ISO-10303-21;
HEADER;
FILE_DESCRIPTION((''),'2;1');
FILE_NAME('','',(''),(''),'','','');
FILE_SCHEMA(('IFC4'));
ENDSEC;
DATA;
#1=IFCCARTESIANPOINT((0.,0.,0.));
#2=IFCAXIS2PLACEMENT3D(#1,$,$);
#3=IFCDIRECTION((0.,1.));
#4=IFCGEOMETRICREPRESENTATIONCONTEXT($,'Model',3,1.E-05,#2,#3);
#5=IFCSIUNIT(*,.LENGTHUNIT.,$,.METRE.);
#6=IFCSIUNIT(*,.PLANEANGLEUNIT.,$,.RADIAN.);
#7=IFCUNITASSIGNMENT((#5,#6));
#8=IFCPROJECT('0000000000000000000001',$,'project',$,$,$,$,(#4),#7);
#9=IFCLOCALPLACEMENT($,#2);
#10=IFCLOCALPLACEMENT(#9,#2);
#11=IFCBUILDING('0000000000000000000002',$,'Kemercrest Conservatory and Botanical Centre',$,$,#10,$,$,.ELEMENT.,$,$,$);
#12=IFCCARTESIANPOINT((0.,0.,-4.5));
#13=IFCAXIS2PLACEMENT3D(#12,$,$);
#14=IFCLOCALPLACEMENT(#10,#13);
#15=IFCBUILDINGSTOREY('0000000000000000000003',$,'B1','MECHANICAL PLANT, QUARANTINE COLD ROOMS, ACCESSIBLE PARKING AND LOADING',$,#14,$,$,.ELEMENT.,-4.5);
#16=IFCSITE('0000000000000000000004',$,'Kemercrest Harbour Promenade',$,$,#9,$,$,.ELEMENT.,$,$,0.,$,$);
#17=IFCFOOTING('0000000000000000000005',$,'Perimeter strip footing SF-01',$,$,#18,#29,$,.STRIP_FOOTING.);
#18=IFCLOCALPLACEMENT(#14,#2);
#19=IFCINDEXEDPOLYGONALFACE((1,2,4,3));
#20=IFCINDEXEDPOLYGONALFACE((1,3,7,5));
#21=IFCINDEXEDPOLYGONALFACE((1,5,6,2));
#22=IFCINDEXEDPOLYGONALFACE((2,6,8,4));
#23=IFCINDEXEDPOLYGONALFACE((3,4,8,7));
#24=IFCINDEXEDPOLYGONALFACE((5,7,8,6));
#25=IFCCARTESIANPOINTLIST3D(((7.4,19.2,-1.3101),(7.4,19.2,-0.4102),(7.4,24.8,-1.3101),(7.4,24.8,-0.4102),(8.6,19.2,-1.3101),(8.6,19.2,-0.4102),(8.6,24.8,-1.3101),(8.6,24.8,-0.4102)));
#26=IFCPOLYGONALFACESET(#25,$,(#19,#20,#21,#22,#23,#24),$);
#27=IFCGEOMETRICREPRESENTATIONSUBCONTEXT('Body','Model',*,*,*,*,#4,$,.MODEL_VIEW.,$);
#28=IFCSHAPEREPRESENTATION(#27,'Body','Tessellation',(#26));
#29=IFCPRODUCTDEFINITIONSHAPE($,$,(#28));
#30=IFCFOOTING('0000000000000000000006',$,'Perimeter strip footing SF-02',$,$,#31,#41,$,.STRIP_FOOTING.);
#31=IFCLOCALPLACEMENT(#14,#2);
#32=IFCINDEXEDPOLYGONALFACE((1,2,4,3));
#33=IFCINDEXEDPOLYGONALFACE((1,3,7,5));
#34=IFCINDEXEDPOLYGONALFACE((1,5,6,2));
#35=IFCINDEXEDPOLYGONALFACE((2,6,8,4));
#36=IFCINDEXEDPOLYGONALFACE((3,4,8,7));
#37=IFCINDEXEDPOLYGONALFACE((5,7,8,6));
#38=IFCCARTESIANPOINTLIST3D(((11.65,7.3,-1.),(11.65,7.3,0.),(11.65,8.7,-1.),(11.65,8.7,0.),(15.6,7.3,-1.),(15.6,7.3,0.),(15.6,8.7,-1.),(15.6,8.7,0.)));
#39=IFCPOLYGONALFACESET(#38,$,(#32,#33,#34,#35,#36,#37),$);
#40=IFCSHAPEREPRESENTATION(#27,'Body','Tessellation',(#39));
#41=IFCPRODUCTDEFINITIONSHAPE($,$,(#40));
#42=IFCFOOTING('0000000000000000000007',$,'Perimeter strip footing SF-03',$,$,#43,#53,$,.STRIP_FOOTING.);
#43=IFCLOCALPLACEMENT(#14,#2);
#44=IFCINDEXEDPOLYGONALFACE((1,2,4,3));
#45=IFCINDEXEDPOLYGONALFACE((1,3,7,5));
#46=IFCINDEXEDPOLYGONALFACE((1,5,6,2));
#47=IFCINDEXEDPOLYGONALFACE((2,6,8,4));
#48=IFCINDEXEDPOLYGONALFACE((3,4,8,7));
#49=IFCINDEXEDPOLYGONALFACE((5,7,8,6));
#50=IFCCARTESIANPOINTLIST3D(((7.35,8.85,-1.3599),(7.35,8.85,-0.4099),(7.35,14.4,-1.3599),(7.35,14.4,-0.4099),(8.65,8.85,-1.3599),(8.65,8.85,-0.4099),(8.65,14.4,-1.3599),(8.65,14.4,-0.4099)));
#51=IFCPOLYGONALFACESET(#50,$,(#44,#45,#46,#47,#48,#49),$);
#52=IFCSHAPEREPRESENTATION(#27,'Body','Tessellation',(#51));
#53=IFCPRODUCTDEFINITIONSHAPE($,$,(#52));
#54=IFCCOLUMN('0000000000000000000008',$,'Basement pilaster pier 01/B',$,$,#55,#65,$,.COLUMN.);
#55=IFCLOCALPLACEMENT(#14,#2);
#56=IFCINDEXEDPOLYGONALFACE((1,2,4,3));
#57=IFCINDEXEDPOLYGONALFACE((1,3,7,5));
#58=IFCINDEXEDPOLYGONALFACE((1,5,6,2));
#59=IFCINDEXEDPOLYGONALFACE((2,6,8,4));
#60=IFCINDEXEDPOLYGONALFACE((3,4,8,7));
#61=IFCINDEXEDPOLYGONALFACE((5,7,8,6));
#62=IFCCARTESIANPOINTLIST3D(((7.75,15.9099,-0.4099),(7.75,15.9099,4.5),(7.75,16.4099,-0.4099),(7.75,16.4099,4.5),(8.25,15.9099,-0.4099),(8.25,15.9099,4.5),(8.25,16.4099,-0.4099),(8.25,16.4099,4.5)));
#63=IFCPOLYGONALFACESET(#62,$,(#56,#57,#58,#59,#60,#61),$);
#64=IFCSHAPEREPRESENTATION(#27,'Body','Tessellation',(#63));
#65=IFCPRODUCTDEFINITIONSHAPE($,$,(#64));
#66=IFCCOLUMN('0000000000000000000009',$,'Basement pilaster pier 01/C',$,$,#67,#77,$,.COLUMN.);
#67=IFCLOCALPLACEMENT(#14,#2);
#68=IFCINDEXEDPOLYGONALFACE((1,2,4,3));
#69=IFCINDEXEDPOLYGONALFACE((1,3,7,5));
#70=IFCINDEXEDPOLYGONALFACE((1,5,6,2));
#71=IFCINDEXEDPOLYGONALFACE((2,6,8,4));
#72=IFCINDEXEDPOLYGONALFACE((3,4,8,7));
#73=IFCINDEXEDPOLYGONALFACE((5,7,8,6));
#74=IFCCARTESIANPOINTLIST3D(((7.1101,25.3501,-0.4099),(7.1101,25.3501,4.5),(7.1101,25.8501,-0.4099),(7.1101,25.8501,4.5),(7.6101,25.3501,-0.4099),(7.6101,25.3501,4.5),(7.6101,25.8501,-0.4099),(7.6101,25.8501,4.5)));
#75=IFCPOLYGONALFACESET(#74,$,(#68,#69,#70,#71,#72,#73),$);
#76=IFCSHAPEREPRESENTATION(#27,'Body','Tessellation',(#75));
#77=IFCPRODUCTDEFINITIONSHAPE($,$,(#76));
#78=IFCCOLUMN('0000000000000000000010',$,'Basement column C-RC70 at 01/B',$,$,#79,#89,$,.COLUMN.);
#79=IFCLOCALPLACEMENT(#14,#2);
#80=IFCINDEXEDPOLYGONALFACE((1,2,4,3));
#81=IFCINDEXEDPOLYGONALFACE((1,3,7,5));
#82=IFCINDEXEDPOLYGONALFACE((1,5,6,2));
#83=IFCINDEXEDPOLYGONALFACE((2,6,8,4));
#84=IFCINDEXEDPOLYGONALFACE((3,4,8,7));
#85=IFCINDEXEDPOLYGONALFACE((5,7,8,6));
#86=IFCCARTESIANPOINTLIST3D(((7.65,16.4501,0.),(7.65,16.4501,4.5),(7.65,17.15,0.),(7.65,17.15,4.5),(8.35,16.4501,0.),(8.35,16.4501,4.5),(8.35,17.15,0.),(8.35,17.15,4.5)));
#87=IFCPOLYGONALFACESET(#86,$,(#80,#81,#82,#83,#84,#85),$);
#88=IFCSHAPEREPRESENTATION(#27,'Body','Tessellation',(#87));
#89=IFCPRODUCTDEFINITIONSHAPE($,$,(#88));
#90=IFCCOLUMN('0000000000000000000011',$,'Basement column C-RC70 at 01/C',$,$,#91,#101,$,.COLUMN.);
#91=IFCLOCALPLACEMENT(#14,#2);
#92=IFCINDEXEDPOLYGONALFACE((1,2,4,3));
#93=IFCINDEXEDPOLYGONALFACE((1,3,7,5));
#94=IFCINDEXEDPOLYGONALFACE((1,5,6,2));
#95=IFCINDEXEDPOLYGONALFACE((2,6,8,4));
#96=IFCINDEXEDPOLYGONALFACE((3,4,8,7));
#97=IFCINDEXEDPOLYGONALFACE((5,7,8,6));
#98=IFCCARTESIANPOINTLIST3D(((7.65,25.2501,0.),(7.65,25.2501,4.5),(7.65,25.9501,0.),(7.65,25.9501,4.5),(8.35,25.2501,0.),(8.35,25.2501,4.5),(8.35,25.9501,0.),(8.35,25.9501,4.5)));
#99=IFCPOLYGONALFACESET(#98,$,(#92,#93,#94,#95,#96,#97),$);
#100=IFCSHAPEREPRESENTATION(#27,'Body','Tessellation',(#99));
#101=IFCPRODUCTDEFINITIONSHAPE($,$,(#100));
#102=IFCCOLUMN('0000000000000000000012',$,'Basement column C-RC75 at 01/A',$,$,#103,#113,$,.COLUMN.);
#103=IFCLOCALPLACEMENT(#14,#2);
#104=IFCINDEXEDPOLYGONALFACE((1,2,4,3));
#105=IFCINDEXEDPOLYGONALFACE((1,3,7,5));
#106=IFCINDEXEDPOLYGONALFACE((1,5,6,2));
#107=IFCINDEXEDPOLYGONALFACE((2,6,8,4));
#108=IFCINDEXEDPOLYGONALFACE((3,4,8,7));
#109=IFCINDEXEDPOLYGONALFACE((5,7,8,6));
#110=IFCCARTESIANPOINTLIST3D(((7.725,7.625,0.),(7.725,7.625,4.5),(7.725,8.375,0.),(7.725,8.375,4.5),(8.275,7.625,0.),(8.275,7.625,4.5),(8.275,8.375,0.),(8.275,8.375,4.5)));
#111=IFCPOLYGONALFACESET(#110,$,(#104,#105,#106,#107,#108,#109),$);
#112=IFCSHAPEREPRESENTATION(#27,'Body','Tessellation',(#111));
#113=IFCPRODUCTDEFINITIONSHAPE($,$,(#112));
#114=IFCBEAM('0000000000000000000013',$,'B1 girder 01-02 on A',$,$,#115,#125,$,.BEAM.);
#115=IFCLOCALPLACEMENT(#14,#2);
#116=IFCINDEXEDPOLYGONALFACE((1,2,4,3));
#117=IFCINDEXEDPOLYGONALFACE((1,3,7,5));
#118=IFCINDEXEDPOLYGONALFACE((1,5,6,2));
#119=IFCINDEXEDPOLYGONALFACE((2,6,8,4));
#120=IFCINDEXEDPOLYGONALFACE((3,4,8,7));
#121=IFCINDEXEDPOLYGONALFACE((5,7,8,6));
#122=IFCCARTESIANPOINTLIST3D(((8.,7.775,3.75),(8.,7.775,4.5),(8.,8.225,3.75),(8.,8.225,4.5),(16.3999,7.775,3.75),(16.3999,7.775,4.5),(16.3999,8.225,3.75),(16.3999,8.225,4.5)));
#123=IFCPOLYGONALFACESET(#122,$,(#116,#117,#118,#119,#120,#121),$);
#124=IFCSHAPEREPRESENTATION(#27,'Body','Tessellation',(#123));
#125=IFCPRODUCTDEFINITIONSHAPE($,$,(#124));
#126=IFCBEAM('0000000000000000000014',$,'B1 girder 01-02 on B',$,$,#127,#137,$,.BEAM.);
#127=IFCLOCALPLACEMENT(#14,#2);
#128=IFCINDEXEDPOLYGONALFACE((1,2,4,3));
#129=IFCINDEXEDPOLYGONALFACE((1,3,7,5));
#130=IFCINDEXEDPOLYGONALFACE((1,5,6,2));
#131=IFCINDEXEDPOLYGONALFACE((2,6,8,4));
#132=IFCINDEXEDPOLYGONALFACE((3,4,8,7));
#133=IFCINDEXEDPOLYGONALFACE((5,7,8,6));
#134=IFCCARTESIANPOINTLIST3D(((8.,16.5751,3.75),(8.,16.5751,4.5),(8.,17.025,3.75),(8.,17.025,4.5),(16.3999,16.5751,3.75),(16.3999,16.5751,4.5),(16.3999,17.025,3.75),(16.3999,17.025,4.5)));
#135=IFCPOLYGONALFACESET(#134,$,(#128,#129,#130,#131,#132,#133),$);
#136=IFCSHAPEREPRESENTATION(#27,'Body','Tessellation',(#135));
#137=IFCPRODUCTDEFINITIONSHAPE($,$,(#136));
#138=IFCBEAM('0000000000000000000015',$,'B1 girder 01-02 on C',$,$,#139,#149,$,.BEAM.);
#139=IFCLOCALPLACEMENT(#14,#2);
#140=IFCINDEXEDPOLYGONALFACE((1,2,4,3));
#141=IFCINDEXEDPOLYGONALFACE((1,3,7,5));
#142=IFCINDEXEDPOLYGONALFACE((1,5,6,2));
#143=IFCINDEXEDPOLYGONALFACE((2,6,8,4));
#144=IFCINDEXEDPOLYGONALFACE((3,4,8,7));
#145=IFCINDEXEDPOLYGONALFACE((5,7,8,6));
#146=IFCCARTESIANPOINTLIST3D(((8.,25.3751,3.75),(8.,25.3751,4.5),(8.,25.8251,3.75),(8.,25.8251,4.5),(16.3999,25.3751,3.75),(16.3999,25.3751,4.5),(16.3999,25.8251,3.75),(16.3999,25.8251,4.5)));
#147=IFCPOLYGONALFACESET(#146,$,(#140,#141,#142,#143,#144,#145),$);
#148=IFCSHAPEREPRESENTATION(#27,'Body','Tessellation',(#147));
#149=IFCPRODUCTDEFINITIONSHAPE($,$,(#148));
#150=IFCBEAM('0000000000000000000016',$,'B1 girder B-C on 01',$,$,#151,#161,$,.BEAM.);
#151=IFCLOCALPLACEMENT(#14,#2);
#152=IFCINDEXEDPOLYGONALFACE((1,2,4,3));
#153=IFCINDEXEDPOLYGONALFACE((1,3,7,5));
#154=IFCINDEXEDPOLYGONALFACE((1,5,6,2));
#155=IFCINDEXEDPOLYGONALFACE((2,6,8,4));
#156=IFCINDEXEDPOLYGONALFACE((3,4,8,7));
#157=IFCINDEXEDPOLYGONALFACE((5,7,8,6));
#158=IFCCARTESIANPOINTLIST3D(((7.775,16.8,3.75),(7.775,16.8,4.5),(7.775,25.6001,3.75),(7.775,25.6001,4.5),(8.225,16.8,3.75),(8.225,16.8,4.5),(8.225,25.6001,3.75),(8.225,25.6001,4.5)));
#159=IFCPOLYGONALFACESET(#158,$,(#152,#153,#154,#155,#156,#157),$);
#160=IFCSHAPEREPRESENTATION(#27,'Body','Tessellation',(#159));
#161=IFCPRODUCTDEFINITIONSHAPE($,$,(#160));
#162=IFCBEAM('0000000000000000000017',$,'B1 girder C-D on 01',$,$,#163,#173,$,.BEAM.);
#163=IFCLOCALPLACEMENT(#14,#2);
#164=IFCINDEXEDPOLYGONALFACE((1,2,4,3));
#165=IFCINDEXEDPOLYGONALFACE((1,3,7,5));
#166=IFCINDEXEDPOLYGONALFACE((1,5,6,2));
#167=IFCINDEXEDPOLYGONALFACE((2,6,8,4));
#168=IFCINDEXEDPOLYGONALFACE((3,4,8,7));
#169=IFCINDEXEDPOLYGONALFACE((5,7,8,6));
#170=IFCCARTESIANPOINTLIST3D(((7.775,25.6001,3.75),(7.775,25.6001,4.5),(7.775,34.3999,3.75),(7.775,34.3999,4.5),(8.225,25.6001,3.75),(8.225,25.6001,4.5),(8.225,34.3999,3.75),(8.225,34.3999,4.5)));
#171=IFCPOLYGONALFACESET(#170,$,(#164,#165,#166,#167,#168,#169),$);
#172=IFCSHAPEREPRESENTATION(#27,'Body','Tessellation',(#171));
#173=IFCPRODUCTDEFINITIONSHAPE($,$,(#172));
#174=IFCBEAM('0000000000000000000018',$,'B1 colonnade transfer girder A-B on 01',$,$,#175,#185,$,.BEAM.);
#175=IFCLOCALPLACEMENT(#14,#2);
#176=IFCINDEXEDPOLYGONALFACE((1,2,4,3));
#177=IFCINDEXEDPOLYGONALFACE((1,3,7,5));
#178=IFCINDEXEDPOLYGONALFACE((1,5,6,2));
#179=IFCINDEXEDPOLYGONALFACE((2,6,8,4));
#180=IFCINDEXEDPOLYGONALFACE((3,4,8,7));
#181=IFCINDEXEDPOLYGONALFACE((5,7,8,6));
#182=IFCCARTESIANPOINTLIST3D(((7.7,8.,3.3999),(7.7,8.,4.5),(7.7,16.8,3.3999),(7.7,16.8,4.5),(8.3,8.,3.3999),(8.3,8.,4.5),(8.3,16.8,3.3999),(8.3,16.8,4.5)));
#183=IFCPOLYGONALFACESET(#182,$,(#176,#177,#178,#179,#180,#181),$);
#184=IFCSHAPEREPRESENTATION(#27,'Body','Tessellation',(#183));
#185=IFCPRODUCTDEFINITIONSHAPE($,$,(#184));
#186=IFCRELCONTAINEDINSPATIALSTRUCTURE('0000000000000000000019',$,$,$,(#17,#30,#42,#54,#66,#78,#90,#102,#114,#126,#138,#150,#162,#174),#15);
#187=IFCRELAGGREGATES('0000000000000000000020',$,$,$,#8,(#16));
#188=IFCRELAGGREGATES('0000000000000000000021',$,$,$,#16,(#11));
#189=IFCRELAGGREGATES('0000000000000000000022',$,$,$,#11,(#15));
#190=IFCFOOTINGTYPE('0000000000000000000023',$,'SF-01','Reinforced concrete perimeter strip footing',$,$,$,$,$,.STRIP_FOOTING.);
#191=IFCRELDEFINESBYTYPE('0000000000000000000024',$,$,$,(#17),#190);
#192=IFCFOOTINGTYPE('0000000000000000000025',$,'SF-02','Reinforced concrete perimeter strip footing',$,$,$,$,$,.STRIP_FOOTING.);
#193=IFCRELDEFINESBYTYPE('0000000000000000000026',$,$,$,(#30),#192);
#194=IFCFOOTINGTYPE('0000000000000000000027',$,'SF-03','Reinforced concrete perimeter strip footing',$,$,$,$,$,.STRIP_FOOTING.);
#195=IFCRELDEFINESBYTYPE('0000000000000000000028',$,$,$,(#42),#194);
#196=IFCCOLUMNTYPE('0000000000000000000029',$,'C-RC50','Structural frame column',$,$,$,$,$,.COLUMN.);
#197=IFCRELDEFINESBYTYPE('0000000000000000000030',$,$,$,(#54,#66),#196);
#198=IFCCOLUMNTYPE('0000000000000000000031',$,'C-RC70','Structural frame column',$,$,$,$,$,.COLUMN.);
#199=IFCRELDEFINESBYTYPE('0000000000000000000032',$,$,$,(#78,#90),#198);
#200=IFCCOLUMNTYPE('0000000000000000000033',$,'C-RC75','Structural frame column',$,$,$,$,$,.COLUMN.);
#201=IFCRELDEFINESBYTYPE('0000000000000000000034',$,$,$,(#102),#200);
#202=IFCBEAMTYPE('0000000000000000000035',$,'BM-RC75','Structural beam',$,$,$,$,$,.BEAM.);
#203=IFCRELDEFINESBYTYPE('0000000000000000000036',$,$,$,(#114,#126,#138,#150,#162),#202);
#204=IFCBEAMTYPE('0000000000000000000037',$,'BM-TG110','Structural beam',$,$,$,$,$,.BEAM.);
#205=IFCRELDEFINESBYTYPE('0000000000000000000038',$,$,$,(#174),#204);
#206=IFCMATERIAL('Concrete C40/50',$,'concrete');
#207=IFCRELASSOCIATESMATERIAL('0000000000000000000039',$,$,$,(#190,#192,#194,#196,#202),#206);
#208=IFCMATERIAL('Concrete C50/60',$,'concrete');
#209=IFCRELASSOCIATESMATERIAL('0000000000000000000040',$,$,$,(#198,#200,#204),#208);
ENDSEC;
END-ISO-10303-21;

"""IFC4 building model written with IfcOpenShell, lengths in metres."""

from ifc_helpers import new_model, si_unit, direction, frame, origin, origin_2d, place, context, subcontext, project, spatial, rectangle, extrude, material, material_profile, profile_set, type_object, element, save


model = new_model("IFC4")

# Units and contexts
model_context = context("Model", 3, precision=1e-05, world=origin(), true_north=direction((0.0, 1.0)))
body_context = subcontext(model_context, "Body", "Model", "MODEL_VIEW")
ifc_project = project(units=[si_unit("LENGTHUNIT", "METRE"), si_unit("PLANEANGLEUNIT", "RADIAN")], contexts=[model_context])

# Site, building, storey
site_placement = place(None, origin())
site = spatial("IfcSite", under=ifc_project, at=site_placement, Name="Kemercrest Harbour Promenade", CompositionType="ELEMENT", RefElevation=0.0)
building_placement = place(site_placement, origin())
building = spatial("IfcBuilding", under=site, at=building_placement, Name="Kemercrest Conservatory and Botanical Centre", CompositionType="ELEMENT")
storey_placement = place(building_placement, frame((0.0, 0.0, -4.5)))
storey = spatial("IfcBuildingStorey", under=building, at=storey_placement, Name="B1", Description="MECHANICAL PLANT, QUARANTINE COLD ROOMS, ACCESSIBLE PARKING AND LOADING", CompositionType="ELEMENT", Elevation=-4.5)

# Shared definitions
ifc_material_1 = material(Name="Concrete C40/50", Category="concrete")

# Footings
footing_type_1 = type_object("IfcFootingType", Name="SF-01", Description="Reinforced concrete perimeter strip footing", PredefinedType="STRIP_FOOTING", material=ifc_material_1)
footing_1_placement = place(storey_placement, frame((8.0, 22.0, -1.3101), z_axis=(0.0, 0.0, 1.0), x_axis=(1.0, 0.0, 0.0)))
element("IfcFooting", 1, at=footing_1_placement, inside=storey, type_object=footing_type_1, Name="Perimeter strip footing SF-01", PredefinedType="STRIP_FOOTING", context=body_context, shape_type="SweptSolid", body=[
    extrude(rectangle(XDim=1.2, YDim=5.6001, at=origin_2d()), origin(), (0.0, 0.0, 1.0), 0.8999),
])
footing_type_2 = type_object("IfcFootingType", Name="SF-02", Description="Reinforced concrete perimeter strip footing", PredefinedType="STRIP_FOOTING", material=ifc_material_1)
footing_2_placement = place(storey_placement, frame((13.625, 8.0, -1.0), z_axis=(0.0, 0.0, 1.0), x_axis=(1.0, 0.0, 0.0)))
element("IfcFooting", 2, at=footing_2_placement, inside=storey, type_object=footing_type_2, Name="Perimeter strip footing SF-02", PredefinedType="STRIP_FOOTING", context=body_context, shape_type="SweptSolid", body=[
    extrude(rectangle(XDim=3.95, YDim=1.3999, at=origin_2d()), origin(), (0.0, 0.0, 1.0), 1.0),
])
footing_type_3 = type_object("IfcFootingType", Name="SF-03", Description="Reinforced concrete perimeter strip footing", PredefinedType="STRIP_FOOTING", material=ifc_material_1)
footing_3_placement = place(storey_placement, frame((8.0, 11.625, -1.3599), z_axis=(0.0, 0.0, 1.0), x_axis=(1.0, 0.0, 0.0)))
element("IfcFooting", 3, at=footing_3_placement, inside=storey, type_object=footing_type_3, Name="Perimeter strip footing SF-03", PredefinedType="STRIP_FOOTING", context=body_context, shape_type="SweptSolid", body=[
    extrude(rectangle(XDim=1.3, YDim=5.55, at=origin_2d()), origin(), (0.0, 0.0, 1.0), 0.95),
])

# Columns
ifc_material_profile_1 = material_profile(ifc_material_1, rectangle(XDim=0.5, YDim=0.5, at=origin_2d()), Name="RC 500x500")
ifc_profile_set_1 = profile_set([ifc_material_profile_1], Name="Concrete C40/50")
column_type_1 = type_object("IfcColumnType", Name="C-RC50", Description="Structural frame column", PredefinedType="COLUMN", material=ifc_profile_set_1)
for number, where, z_axis, x_axis, name in (
    (4, (8.0, 16.1599, -0.4099), (0.0, 0.0, 1.0), (1.0, 0.0, 0.0), "Basement pilaster pier 01/B"),
    (5, (7.3601, 25.6001, -0.4099), (0.0, 0.0, 1.0), (1.0, 0.0, 0.0), "Basement pilaster pier 01/C"),
):
    element("IfcColumn", number, at=place(storey_placement, frame(where, z_axis=z_axis, x_axis=x_axis)), inside=storey, type_object=column_type_1, Name=name, PredefinedType="COLUMN", context=body_context, shape_type="SweptSolid", body=[
        extrude(rectangle(XDim=0.5, YDim=0.5, at=origin_2d()), origin(), (0.0, 0.0, 1.0), 4.9099),
    ])
ifc_material_2 = material(Name="Concrete C50/60", Category="concrete")
ifc_material_profile_2 = material_profile(ifc_material_2, rectangle(XDim=0.7, YDim=0.7, at=origin_2d()), Name="RC 700x700")
ifc_profile_set_2 = profile_set([ifc_material_profile_2], Name="Concrete C50/60")
column_type_2 = type_object("IfcColumnType", Name="C-RC70", Description="Structural frame column", PredefinedType="COLUMN", material=ifc_profile_set_2)
for number, where, z_axis, x_axis, name in (
    (6, (8.0, 16.8, 0.0), (0.0, 0.0, 1.0), (1.0, 0.0, 0.0), "Basement column C-RC70 at 01/B"),
    (7, (8.0, 25.6001, 0.0), (0.0, 0.0, 1.0), (1.0, 0.0, 0.0), "Basement column C-RC70 at 01/C"),
):
    element("IfcColumn", number, at=place(storey_placement, frame(where, z_axis=z_axis, x_axis=x_axis)), inside=storey, type_object=column_type_2, Name=name, PredefinedType="COLUMN", context=body_context, shape_type="SweptSolid", body=[
        extrude(rectangle(XDim=0.7, YDim=0.7, at=origin_2d()), origin(), (0.0, 0.0, 1.0), 4.5),
    ])
ifc_material_profile_3 = material_profile(ifc_material_2, rectangle(XDim=0.55, YDim=0.75, at=origin_2d()), Name="RC 750x550")
ifc_profile_set_3 = profile_set([ifc_material_profile_3], Name="Concrete C50/60")
column_type_3 = type_object("IfcColumnType", Name="C-RC75", Description="Structural frame column", PredefinedType="COLUMN", material=ifc_profile_set_3)
column_placement = place(storey_placement, frame((8.0, 8.0, 0.0), z_axis=(0.0, 0.0, 1.0), x_axis=(1.0, 0.0, 0.0)))
element("IfcColumn", 8, at=column_placement, inside=storey, type_object=column_type_3, Name="Basement column C-RC75 at 01/A", PredefinedType="COLUMN", context=body_context, shape_type="SweptSolid", body=[
    extrude(rectangle(XDim=0.55, YDim=0.75, at=origin_2d()), origin(), (0.0, 0.0, 1.0), 4.5),
])

# Beams
ifc_material_profile_4 = material_profile(ifc_material_1, rectangle(XDim=0.45, YDim=0.75, at=origin_2d()), Name="RC 450x750")
ifc_profile_set_4 = profile_set([ifc_material_profile_4], Name="Concrete C40/50")
beam_type_1 = type_object("IfcBeamType", Name="BM-RC75", Description="Structural beam", PredefinedType="BEAM", material=ifc_profile_set_4)
for number, where, z_axis, x_axis, name in (
    (9, (8.0, 8.0, 4.125), (1.0, 0.0, 0.0), (0.0, 1.0, 0.0), "B1 girder 01-02 on A"),
    (10, (8.0, 16.8, 4.125), (1.0, 0.0, 0.0), (0.0, 1.0, 0.0), "B1 girder 01-02 on B"),
    (11, (8.0, 25.6001, 4.125), (1.0, 0.0, 0.0), (0.0, 1.0, 0.0), "B1 girder 01-02 on C"),
):
    element("IfcBeam", number, at=place(storey_placement, frame(where, z_axis=z_axis, x_axis=x_axis)), inside=storey, type_object=beam_type_1, Name=name, PredefinedType="BEAM", context=body_context, shape_type="SweptSolid", body=[
        extrude(rectangle(XDim=0.45, YDim=0.75, at=origin_2d()), origin(), (0.0, 0.0, 1.0), 8.3999),
    ])
beam_1_placement = place(storey_placement, frame((8.0, 16.8, 4.125), z_axis=(0.0, 1.0, 0.0), x_axis=(-1.0, 0.0, 0.0)))
element("IfcBeam", 12, at=beam_1_placement, inside=storey, type_object=beam_type_1, Name="B1 girder B-C on 01", PredefinedType="BEAM", context=body_context, shape_type="SweptSolid", body=[
    extrude(rectangle(XDim=0.45, YDim=0.75, at=origin_2d()), origin(), (0.0, 0.0, 1.0), 8.8),
])
beam_2_placement = place(storey_placement, frame((8.0, 25.6001, 4.125), z_axis=(0.0, 1.0, 0.0), x_axis=(-1.0, 0.0, 0.0)))
element("IfcBeam", 13, at=beam_2_placement, inside=storey, type_object=beam_type_1, Name="B1 girder C-D on 01", PredefinedType="BEAM", context=body_context, shape_type="SweptSolid", body=[
    extrude(rectangle(XDim=0.45, YDim=0.75, at=origin_2d()), origin(), (0.0, 0.0, 1.0), 8.7998),
])
ifc_material_profile_5 = material_profile(ifc_material_2, rectangle(XDim=0.6001, YDim=1.1001, at=origin_2d()), Name="RC 600x1100")
ifc_profile_set_5 = profile_set([ifc_material_profile_5], Name="Concrete C50/60")
beam_type_2 = type_object("IfcBeamType", Name="BM-TG110", Description="Structural beam", PredefinedType="BEAM", material=ifc_profile_set_5)
beam_3_placement = place(storey_placement, frame((8.0, 8.0, 3.95), z_axis=(0.0, 1.0, 0.0), x_axis=(-1.0, 0.0, 0.0)))
element("IfcBeam", 14, at=beam_3_placement, inside=storey, type_object=beam_type_2, Name="B1 colonnade transfer girder A-B on 01", PredefinedType="BEAM", context=body_context, shape_type="SweptSolid", body=[
    extrude(rectangle(XDim=0.6001, YDim=1.1001, at=origin_2d()), origin(), (0.0, 0.0, 1.0), 8.8),
])

save(model, "model.ifc")
